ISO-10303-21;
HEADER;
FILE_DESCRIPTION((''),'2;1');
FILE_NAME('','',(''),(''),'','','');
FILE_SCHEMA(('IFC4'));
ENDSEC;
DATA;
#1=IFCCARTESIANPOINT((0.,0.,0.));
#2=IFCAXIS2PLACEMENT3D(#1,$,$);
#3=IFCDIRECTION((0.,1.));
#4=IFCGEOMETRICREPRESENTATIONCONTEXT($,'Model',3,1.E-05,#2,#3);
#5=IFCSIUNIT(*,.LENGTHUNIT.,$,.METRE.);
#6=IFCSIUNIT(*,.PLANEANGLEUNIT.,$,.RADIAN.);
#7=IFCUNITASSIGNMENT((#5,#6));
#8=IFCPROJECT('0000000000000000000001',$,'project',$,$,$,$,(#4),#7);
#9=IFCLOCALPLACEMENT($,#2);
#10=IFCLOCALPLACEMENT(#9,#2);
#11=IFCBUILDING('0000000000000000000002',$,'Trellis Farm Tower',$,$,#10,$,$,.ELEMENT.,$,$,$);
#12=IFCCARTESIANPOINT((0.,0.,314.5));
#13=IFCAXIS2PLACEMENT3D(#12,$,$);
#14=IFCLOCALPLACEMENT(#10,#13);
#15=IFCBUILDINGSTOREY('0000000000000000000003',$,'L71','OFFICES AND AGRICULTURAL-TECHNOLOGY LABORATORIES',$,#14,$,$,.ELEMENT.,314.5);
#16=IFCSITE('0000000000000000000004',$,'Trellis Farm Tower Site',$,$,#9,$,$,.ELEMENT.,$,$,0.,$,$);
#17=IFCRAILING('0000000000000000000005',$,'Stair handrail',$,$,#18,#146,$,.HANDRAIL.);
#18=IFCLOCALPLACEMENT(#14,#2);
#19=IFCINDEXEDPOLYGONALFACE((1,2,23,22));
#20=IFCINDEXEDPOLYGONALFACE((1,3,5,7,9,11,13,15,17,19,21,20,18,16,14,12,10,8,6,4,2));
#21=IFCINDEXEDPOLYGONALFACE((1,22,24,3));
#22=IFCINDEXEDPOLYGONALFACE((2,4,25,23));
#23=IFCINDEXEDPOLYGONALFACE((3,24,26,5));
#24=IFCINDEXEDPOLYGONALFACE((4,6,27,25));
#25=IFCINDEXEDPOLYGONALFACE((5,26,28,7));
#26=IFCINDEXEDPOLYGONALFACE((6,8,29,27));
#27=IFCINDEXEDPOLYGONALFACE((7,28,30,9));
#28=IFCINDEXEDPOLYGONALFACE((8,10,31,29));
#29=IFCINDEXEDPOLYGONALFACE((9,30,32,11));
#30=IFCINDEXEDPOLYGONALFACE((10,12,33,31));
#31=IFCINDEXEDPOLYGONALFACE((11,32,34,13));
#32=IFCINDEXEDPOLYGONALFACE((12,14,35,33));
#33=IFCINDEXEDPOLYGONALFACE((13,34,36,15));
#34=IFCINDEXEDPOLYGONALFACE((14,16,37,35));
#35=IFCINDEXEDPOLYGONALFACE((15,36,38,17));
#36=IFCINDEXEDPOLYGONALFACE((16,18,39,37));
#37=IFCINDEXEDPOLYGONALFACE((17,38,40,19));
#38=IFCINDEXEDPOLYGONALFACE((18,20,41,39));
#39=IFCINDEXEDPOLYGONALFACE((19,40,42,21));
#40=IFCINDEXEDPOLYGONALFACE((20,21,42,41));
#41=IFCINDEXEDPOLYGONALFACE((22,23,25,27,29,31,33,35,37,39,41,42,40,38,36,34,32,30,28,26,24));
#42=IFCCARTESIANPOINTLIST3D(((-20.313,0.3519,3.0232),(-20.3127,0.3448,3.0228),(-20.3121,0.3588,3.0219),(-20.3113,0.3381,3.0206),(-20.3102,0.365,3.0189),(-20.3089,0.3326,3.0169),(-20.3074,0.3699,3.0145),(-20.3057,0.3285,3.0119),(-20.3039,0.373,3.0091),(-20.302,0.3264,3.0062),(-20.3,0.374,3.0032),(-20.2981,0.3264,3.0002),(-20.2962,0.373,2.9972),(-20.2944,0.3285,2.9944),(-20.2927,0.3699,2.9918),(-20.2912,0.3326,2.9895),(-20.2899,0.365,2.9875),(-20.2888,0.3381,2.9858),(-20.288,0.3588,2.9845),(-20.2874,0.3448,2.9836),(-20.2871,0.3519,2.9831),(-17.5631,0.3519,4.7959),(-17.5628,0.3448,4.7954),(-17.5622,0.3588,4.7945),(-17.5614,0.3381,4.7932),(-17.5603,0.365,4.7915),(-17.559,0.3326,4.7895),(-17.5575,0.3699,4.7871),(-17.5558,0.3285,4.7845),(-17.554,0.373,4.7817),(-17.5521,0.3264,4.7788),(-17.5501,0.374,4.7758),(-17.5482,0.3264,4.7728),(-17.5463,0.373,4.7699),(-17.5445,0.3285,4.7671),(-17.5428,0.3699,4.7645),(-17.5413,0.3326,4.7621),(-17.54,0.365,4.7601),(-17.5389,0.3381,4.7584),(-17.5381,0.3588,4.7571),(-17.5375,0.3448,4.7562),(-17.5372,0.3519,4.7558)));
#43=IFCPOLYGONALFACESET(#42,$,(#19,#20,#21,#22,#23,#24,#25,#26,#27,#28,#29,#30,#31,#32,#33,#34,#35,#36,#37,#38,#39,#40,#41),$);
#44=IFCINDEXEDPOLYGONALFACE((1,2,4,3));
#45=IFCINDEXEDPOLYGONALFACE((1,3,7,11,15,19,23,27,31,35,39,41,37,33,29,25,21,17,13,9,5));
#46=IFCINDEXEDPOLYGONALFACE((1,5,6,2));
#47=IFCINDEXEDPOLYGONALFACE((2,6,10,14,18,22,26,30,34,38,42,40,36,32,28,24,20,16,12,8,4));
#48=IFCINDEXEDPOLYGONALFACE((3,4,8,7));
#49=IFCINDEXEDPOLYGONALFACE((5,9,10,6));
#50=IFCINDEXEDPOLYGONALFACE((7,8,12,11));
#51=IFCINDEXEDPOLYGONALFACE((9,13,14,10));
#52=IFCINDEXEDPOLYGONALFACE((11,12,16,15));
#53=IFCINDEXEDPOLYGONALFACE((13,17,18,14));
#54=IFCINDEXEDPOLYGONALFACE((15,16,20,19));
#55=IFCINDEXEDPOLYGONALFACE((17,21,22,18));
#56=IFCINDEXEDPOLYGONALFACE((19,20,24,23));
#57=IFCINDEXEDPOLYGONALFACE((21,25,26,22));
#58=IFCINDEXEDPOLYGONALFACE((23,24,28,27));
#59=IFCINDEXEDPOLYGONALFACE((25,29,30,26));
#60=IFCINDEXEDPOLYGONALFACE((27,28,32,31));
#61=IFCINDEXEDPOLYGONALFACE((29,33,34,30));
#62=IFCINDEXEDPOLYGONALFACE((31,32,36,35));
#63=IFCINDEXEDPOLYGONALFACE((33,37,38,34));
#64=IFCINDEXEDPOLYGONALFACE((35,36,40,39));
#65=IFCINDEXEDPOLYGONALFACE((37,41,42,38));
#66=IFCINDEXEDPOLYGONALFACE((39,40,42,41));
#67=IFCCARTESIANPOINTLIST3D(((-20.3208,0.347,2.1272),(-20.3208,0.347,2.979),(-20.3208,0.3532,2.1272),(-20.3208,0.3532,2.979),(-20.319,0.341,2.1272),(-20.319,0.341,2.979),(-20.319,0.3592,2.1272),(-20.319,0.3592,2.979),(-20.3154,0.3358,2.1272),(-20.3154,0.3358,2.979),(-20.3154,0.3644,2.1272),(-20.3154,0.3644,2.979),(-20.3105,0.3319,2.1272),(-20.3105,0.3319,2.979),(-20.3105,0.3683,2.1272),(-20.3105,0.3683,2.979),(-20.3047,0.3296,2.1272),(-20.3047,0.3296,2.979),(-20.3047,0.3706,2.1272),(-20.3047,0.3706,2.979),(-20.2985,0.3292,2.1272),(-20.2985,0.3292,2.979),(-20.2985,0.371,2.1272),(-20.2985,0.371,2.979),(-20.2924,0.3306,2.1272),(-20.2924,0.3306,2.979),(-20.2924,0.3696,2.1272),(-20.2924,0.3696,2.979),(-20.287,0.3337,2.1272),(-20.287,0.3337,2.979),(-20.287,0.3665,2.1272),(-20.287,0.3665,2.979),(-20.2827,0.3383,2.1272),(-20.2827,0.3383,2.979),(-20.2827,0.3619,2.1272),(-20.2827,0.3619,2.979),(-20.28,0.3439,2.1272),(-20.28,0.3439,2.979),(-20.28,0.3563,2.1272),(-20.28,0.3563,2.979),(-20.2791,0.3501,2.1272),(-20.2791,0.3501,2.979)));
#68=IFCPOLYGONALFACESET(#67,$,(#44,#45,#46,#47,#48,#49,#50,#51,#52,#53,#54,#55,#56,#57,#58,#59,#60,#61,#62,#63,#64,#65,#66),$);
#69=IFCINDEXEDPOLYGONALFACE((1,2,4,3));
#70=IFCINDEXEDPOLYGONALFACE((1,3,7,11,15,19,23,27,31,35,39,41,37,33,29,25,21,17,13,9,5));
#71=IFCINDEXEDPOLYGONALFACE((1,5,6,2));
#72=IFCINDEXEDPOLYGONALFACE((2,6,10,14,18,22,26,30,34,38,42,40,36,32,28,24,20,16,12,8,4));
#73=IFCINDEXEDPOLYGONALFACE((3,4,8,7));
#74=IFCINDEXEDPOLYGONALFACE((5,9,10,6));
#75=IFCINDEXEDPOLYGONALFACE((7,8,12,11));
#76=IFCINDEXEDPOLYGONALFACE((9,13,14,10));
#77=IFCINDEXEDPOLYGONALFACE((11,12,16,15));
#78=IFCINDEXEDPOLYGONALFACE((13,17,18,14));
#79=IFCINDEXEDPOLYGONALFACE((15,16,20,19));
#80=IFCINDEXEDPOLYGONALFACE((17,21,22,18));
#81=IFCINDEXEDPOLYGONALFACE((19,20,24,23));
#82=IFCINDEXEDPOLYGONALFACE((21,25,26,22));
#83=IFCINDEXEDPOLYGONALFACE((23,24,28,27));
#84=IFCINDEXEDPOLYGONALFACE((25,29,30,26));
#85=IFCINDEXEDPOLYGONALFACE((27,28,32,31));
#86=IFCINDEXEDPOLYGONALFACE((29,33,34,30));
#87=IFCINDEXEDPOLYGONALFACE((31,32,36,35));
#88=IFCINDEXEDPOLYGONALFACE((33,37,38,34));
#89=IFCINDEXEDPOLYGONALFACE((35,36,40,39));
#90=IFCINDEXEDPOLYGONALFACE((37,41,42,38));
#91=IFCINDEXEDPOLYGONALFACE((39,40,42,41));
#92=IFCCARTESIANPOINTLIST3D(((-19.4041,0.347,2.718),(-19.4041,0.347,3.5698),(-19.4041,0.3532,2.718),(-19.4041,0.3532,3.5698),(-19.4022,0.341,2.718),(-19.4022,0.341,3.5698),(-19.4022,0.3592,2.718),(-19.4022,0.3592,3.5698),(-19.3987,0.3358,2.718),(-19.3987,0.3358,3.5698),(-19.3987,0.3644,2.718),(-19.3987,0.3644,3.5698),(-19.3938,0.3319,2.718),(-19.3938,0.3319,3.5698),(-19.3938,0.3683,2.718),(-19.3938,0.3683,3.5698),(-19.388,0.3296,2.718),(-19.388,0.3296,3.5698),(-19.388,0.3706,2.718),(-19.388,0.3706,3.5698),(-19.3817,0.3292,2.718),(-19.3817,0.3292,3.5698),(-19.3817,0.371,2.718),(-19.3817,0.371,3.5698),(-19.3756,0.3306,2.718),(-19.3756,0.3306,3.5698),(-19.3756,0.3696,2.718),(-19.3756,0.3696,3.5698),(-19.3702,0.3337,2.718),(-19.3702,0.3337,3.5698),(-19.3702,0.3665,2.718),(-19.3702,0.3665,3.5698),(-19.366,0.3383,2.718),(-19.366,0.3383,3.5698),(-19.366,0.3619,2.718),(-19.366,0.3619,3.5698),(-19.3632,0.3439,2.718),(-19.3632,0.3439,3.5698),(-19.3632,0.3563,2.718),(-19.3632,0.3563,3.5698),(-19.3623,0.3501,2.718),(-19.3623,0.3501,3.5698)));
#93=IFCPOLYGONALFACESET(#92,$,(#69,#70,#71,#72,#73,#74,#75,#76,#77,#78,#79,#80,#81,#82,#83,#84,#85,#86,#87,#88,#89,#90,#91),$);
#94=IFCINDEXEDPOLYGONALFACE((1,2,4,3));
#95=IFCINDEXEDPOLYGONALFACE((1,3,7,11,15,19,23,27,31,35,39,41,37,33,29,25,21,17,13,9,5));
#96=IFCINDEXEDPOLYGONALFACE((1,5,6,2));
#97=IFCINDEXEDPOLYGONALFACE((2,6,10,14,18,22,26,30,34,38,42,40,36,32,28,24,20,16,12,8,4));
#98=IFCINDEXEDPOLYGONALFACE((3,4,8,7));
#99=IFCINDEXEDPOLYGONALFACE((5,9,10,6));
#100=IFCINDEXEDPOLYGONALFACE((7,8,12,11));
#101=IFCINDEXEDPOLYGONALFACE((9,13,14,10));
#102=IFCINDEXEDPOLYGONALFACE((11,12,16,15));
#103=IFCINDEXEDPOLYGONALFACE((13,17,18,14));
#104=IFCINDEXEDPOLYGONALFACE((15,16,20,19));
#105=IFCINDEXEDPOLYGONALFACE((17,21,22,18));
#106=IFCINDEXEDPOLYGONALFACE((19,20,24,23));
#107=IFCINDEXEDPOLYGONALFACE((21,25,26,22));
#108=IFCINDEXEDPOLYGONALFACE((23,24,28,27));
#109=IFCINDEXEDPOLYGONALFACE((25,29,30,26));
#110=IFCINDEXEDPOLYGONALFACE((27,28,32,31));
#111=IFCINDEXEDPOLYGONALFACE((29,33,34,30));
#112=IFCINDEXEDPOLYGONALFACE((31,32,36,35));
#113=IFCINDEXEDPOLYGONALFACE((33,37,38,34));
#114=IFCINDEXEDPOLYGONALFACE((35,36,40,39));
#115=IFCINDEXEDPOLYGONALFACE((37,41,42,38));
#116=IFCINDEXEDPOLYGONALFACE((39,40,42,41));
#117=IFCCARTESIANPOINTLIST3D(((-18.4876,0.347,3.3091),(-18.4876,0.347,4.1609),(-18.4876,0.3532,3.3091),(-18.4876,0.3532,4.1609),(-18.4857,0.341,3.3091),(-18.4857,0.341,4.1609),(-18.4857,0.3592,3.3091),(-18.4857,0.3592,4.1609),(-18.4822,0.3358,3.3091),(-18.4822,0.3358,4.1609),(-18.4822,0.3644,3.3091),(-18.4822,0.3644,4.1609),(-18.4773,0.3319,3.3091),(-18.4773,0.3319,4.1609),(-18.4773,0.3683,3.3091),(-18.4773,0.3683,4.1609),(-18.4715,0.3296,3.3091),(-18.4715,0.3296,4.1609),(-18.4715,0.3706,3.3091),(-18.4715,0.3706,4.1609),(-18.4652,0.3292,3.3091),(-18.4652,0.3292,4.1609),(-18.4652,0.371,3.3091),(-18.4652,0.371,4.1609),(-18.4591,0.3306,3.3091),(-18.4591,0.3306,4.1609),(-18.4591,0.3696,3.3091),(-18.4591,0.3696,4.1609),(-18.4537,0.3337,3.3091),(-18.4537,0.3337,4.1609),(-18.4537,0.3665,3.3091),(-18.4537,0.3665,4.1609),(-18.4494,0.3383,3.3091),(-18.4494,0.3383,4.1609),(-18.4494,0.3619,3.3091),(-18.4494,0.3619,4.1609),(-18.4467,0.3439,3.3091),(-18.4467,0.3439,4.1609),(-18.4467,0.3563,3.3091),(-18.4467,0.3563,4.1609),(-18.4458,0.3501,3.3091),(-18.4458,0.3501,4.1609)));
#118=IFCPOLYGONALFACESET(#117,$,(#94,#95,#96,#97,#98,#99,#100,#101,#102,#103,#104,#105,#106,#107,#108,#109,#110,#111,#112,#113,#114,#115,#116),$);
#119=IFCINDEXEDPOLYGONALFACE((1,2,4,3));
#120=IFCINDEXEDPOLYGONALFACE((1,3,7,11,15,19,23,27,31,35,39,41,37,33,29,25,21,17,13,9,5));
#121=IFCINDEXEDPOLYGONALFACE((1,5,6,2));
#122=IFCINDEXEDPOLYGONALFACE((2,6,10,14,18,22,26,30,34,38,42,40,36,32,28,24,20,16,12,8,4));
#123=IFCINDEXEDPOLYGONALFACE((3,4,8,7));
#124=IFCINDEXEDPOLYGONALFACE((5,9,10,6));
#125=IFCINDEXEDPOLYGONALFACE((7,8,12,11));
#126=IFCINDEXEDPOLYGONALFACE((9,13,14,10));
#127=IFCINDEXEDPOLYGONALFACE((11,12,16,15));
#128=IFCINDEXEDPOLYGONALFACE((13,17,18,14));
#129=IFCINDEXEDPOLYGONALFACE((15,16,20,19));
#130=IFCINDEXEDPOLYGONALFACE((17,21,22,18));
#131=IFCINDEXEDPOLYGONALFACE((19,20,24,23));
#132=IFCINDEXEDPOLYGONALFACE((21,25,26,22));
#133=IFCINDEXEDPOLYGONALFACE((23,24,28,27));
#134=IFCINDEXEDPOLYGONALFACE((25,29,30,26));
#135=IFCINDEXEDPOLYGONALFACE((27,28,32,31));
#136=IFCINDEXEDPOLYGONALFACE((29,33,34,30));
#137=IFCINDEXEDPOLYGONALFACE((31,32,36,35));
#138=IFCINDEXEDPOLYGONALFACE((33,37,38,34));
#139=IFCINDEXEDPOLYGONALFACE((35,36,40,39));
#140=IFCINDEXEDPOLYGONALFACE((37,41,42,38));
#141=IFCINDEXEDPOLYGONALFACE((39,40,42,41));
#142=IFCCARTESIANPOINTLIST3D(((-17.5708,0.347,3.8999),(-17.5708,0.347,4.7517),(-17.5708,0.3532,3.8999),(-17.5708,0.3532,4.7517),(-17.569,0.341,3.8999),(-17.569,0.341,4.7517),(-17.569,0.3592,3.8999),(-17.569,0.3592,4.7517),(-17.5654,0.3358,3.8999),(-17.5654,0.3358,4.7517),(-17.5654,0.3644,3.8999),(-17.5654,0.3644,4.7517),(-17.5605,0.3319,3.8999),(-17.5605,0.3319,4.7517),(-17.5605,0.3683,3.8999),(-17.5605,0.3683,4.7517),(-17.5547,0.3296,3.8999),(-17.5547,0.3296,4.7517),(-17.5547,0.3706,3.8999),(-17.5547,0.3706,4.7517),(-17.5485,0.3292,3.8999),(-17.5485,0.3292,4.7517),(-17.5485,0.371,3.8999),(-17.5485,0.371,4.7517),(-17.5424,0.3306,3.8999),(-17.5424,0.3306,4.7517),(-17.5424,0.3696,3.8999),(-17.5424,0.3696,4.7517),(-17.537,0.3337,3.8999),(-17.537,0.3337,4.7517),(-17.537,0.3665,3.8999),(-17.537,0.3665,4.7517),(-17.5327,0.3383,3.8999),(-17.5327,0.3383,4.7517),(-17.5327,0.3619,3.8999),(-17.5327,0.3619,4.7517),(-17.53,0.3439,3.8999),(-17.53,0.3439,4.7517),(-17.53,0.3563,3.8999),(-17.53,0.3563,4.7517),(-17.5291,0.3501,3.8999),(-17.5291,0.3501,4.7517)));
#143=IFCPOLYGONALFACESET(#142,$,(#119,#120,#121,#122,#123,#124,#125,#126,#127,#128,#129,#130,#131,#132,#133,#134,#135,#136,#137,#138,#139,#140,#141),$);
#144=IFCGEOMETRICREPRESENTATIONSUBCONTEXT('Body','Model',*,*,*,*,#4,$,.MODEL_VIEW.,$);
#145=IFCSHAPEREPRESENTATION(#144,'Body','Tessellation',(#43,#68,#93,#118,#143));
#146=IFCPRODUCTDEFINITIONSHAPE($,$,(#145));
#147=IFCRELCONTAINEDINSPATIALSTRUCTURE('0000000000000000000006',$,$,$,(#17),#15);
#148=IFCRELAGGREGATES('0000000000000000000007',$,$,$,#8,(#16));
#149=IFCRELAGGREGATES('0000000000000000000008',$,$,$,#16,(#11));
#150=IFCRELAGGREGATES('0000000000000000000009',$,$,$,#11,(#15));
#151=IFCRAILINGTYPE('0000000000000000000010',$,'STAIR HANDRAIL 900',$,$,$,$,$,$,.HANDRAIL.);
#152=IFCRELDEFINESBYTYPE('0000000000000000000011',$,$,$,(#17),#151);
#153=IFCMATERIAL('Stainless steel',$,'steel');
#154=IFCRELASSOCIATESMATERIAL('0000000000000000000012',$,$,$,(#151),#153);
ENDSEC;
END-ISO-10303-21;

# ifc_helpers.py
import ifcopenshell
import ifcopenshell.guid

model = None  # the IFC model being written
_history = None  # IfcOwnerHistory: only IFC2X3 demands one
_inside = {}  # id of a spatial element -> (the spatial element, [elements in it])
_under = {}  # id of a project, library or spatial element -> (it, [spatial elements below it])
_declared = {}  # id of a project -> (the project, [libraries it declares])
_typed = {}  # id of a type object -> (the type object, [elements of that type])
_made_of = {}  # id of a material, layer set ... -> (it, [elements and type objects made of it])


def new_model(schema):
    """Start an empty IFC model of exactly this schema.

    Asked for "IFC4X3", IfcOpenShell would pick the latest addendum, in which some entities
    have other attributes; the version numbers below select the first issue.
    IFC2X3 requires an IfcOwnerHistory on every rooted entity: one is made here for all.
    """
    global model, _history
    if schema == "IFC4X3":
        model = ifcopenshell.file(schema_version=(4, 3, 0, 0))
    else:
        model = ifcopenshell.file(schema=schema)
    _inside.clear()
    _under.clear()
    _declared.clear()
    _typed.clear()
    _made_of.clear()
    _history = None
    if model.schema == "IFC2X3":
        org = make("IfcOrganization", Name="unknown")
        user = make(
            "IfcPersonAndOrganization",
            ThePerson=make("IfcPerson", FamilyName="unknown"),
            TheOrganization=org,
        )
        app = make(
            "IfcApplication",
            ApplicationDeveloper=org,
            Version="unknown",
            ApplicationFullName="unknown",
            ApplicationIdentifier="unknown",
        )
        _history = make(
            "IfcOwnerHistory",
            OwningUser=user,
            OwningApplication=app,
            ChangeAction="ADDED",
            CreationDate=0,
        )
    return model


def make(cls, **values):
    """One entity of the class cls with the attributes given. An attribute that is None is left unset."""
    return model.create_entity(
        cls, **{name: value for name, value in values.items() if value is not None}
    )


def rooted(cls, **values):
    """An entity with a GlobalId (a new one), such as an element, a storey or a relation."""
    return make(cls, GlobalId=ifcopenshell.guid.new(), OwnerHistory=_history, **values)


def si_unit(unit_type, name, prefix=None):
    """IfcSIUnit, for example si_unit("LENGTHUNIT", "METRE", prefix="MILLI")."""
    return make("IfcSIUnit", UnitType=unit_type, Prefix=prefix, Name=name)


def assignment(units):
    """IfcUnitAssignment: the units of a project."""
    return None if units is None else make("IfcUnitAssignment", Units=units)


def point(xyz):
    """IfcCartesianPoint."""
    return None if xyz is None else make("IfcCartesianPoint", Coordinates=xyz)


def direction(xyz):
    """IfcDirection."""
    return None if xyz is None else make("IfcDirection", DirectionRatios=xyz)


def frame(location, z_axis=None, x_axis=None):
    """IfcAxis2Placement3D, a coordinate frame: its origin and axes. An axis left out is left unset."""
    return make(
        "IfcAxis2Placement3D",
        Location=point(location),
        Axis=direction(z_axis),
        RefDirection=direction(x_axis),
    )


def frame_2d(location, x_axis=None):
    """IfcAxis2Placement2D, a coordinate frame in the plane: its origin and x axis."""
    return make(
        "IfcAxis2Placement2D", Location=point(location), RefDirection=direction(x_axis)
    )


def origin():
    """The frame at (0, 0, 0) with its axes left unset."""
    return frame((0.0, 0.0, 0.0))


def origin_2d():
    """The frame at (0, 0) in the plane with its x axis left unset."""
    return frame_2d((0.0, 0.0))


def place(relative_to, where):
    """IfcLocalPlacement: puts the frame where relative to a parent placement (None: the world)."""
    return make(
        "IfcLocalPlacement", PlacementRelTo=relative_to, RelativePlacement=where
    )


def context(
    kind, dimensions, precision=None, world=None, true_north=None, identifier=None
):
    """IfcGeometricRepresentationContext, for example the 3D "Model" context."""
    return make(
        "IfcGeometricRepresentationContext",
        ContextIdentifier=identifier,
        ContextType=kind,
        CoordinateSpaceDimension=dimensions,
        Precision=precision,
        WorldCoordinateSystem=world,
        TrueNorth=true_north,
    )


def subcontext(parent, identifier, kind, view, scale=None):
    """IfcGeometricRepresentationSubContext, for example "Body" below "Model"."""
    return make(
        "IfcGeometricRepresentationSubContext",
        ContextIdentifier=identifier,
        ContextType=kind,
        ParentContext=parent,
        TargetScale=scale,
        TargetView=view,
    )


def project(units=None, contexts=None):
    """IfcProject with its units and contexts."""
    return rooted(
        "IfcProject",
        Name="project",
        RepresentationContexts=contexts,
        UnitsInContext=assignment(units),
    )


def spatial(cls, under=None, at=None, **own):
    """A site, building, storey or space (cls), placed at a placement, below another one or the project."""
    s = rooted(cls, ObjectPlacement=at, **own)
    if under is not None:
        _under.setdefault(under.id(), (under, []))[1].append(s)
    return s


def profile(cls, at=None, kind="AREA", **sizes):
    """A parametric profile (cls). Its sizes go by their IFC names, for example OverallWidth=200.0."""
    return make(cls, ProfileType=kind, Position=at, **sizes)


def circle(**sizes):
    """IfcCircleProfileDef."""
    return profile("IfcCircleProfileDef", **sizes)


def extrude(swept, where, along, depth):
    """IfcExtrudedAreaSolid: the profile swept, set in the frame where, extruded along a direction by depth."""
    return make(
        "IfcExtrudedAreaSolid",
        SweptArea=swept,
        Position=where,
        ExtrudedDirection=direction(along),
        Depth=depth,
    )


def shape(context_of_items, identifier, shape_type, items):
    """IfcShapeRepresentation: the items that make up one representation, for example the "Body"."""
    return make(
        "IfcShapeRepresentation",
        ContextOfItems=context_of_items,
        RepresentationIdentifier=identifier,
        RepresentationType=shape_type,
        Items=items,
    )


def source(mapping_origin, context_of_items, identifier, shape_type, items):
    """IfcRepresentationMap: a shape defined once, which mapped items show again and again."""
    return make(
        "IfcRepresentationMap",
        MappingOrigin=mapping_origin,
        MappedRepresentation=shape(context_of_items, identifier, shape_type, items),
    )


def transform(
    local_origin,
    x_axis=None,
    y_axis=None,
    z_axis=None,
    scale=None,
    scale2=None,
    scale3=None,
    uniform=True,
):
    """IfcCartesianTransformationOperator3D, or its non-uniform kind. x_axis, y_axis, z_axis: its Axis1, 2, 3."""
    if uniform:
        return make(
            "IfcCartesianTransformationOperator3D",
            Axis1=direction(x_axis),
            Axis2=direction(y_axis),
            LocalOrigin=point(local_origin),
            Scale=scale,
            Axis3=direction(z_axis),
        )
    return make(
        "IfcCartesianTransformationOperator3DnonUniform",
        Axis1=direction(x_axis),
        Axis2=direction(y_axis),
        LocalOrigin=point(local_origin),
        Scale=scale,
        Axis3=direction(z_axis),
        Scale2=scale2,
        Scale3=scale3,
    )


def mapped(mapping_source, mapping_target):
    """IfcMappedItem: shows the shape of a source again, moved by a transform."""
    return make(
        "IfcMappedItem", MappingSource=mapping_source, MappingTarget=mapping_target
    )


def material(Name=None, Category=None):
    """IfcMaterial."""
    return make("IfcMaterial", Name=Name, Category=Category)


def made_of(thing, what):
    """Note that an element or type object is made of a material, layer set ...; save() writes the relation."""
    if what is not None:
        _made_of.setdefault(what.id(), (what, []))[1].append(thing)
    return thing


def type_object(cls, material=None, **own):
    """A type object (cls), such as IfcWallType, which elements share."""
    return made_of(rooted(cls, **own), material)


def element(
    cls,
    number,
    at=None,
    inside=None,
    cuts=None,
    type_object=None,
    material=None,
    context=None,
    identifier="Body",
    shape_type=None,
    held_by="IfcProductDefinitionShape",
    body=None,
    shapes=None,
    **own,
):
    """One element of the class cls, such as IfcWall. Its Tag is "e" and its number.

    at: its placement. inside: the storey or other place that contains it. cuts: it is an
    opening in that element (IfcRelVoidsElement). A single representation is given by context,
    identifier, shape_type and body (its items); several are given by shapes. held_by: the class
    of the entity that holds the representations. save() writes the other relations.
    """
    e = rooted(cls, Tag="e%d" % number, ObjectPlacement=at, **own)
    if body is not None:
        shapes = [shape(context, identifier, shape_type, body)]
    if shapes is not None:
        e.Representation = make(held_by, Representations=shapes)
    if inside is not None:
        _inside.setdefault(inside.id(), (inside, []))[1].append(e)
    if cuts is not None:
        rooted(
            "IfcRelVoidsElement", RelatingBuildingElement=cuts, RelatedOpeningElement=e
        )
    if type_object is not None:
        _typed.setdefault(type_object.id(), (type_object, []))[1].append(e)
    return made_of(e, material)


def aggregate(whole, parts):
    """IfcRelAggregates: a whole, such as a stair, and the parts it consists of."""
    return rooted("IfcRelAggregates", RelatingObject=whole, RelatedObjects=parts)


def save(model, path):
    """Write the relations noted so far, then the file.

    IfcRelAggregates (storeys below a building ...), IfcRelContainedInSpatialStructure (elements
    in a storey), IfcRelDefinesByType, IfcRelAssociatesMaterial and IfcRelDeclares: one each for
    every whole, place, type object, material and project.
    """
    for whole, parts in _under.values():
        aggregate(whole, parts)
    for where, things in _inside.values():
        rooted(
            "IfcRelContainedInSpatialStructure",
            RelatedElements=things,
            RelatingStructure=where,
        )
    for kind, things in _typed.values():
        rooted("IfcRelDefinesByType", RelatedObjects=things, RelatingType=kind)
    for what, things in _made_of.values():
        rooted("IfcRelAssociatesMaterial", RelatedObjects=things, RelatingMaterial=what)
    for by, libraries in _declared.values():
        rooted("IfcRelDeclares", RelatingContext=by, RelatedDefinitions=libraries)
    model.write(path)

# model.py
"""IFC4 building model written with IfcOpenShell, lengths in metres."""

from ifc_helpers import new_model, si_unit, direction, frame, origin, origin_2d, place, context, subcontext, project, spatial, circle, extrude, source, transform, mapped, material, type_object, element, save


model = new_model("IFC4")

# Units and contexts
model_context = context("Model", 3, precision=1e-05, world=origin(), true_north=direction((0.0, 1.0)))
body_context = subcontext(model_context, "Body", "Model", "MODEL_VIEW")
ifc_project = project(units=[si_unit("LENGTHUNIT", "METRE"), si_unit("PLANEANGLEUNIT", "RADIAN")], contexts=[model_context])

# Site, building, storey
site_placement = place(None, origin())
site = spatial("IfcSite", under=ifc_project, at=site_placement, Name="Trellis Farm Tower Site", CompositionType="ELEMENT", RefElevation=0.0)
building_placement = place(site_placement, origin())
building = spatial("IfcBuilding", under=site, at=building_placement, Name="Trellis Farm Tower", CompositionType="ELEMENT")
storey_placement = place(building_placement, frame((0.0, 0.0, 314.5)))
storey = spatial("IfcBuildingStorey", under=building, at=storey_placement, Name="L71", Description="OFFICES AND AGRICULTURAL-TECHNOLOGY LABORATORIES", CompositionType="ELEMENT", Elevation=314.5)

# Railing
ifc_material_1 = material(Name="Stainless steel", Category="steel")
railing_type = type_object("IfcRailingType", Name="STAIR HANDRAIL 900", PredefinedType="HANDRAIL", material=ifc_material_1)
shared_shape_1 = source(origin(), body_context, "Body", "SweptSolid", [
    extrude(circle(Radius=0.0239, at=origin_2d()), frame((0.0, 0.0, 0.876), z_axis=(0.840504, 0.0, 0.541806), x_axis=(0.0, 1.0, 0.0)), (0.0, 0.0, 1.0), 3.2717),
    extrude(circle(Radius=0.021, at=origin_2d()), origin(), (0.0, 0.0, 1.0), 0.8518),
    extrude(circle(Radius=0.021, at=origin_2d()), frame((0.9167, 0.0, 0.5908)), (0.0, 0.0, 1.0), 0.8518),
    extrude(circle(Radius=0.021, at=origin_2d()), frame((1.8333, 0.0, 1.1819)), (0.0, 0.0, 1.0), 0.8518),
    extrude(circle(Radius=0.021, at=origin_2d()), frame((2.75, 0.0, 1.7727)), (0.0, 0.0, 1.0), 0.8518),
])
for number, where, name in (
    (1, (-20.3, 0.3501, 2.1272), "Stair handrail"),
):
    element("IfcRailing", number, at=place(storey_placement, frame(where)), inside=storey, type_object=railing_type, Name=name, PredefinedType="HANDRAIL", context=body_context, shape_type="MappedRepresentation", body=[
        mapped(shared_shape_1, transform((0.0, 0.0, 0.0))),
    ])

save(model, "model.ifc")
